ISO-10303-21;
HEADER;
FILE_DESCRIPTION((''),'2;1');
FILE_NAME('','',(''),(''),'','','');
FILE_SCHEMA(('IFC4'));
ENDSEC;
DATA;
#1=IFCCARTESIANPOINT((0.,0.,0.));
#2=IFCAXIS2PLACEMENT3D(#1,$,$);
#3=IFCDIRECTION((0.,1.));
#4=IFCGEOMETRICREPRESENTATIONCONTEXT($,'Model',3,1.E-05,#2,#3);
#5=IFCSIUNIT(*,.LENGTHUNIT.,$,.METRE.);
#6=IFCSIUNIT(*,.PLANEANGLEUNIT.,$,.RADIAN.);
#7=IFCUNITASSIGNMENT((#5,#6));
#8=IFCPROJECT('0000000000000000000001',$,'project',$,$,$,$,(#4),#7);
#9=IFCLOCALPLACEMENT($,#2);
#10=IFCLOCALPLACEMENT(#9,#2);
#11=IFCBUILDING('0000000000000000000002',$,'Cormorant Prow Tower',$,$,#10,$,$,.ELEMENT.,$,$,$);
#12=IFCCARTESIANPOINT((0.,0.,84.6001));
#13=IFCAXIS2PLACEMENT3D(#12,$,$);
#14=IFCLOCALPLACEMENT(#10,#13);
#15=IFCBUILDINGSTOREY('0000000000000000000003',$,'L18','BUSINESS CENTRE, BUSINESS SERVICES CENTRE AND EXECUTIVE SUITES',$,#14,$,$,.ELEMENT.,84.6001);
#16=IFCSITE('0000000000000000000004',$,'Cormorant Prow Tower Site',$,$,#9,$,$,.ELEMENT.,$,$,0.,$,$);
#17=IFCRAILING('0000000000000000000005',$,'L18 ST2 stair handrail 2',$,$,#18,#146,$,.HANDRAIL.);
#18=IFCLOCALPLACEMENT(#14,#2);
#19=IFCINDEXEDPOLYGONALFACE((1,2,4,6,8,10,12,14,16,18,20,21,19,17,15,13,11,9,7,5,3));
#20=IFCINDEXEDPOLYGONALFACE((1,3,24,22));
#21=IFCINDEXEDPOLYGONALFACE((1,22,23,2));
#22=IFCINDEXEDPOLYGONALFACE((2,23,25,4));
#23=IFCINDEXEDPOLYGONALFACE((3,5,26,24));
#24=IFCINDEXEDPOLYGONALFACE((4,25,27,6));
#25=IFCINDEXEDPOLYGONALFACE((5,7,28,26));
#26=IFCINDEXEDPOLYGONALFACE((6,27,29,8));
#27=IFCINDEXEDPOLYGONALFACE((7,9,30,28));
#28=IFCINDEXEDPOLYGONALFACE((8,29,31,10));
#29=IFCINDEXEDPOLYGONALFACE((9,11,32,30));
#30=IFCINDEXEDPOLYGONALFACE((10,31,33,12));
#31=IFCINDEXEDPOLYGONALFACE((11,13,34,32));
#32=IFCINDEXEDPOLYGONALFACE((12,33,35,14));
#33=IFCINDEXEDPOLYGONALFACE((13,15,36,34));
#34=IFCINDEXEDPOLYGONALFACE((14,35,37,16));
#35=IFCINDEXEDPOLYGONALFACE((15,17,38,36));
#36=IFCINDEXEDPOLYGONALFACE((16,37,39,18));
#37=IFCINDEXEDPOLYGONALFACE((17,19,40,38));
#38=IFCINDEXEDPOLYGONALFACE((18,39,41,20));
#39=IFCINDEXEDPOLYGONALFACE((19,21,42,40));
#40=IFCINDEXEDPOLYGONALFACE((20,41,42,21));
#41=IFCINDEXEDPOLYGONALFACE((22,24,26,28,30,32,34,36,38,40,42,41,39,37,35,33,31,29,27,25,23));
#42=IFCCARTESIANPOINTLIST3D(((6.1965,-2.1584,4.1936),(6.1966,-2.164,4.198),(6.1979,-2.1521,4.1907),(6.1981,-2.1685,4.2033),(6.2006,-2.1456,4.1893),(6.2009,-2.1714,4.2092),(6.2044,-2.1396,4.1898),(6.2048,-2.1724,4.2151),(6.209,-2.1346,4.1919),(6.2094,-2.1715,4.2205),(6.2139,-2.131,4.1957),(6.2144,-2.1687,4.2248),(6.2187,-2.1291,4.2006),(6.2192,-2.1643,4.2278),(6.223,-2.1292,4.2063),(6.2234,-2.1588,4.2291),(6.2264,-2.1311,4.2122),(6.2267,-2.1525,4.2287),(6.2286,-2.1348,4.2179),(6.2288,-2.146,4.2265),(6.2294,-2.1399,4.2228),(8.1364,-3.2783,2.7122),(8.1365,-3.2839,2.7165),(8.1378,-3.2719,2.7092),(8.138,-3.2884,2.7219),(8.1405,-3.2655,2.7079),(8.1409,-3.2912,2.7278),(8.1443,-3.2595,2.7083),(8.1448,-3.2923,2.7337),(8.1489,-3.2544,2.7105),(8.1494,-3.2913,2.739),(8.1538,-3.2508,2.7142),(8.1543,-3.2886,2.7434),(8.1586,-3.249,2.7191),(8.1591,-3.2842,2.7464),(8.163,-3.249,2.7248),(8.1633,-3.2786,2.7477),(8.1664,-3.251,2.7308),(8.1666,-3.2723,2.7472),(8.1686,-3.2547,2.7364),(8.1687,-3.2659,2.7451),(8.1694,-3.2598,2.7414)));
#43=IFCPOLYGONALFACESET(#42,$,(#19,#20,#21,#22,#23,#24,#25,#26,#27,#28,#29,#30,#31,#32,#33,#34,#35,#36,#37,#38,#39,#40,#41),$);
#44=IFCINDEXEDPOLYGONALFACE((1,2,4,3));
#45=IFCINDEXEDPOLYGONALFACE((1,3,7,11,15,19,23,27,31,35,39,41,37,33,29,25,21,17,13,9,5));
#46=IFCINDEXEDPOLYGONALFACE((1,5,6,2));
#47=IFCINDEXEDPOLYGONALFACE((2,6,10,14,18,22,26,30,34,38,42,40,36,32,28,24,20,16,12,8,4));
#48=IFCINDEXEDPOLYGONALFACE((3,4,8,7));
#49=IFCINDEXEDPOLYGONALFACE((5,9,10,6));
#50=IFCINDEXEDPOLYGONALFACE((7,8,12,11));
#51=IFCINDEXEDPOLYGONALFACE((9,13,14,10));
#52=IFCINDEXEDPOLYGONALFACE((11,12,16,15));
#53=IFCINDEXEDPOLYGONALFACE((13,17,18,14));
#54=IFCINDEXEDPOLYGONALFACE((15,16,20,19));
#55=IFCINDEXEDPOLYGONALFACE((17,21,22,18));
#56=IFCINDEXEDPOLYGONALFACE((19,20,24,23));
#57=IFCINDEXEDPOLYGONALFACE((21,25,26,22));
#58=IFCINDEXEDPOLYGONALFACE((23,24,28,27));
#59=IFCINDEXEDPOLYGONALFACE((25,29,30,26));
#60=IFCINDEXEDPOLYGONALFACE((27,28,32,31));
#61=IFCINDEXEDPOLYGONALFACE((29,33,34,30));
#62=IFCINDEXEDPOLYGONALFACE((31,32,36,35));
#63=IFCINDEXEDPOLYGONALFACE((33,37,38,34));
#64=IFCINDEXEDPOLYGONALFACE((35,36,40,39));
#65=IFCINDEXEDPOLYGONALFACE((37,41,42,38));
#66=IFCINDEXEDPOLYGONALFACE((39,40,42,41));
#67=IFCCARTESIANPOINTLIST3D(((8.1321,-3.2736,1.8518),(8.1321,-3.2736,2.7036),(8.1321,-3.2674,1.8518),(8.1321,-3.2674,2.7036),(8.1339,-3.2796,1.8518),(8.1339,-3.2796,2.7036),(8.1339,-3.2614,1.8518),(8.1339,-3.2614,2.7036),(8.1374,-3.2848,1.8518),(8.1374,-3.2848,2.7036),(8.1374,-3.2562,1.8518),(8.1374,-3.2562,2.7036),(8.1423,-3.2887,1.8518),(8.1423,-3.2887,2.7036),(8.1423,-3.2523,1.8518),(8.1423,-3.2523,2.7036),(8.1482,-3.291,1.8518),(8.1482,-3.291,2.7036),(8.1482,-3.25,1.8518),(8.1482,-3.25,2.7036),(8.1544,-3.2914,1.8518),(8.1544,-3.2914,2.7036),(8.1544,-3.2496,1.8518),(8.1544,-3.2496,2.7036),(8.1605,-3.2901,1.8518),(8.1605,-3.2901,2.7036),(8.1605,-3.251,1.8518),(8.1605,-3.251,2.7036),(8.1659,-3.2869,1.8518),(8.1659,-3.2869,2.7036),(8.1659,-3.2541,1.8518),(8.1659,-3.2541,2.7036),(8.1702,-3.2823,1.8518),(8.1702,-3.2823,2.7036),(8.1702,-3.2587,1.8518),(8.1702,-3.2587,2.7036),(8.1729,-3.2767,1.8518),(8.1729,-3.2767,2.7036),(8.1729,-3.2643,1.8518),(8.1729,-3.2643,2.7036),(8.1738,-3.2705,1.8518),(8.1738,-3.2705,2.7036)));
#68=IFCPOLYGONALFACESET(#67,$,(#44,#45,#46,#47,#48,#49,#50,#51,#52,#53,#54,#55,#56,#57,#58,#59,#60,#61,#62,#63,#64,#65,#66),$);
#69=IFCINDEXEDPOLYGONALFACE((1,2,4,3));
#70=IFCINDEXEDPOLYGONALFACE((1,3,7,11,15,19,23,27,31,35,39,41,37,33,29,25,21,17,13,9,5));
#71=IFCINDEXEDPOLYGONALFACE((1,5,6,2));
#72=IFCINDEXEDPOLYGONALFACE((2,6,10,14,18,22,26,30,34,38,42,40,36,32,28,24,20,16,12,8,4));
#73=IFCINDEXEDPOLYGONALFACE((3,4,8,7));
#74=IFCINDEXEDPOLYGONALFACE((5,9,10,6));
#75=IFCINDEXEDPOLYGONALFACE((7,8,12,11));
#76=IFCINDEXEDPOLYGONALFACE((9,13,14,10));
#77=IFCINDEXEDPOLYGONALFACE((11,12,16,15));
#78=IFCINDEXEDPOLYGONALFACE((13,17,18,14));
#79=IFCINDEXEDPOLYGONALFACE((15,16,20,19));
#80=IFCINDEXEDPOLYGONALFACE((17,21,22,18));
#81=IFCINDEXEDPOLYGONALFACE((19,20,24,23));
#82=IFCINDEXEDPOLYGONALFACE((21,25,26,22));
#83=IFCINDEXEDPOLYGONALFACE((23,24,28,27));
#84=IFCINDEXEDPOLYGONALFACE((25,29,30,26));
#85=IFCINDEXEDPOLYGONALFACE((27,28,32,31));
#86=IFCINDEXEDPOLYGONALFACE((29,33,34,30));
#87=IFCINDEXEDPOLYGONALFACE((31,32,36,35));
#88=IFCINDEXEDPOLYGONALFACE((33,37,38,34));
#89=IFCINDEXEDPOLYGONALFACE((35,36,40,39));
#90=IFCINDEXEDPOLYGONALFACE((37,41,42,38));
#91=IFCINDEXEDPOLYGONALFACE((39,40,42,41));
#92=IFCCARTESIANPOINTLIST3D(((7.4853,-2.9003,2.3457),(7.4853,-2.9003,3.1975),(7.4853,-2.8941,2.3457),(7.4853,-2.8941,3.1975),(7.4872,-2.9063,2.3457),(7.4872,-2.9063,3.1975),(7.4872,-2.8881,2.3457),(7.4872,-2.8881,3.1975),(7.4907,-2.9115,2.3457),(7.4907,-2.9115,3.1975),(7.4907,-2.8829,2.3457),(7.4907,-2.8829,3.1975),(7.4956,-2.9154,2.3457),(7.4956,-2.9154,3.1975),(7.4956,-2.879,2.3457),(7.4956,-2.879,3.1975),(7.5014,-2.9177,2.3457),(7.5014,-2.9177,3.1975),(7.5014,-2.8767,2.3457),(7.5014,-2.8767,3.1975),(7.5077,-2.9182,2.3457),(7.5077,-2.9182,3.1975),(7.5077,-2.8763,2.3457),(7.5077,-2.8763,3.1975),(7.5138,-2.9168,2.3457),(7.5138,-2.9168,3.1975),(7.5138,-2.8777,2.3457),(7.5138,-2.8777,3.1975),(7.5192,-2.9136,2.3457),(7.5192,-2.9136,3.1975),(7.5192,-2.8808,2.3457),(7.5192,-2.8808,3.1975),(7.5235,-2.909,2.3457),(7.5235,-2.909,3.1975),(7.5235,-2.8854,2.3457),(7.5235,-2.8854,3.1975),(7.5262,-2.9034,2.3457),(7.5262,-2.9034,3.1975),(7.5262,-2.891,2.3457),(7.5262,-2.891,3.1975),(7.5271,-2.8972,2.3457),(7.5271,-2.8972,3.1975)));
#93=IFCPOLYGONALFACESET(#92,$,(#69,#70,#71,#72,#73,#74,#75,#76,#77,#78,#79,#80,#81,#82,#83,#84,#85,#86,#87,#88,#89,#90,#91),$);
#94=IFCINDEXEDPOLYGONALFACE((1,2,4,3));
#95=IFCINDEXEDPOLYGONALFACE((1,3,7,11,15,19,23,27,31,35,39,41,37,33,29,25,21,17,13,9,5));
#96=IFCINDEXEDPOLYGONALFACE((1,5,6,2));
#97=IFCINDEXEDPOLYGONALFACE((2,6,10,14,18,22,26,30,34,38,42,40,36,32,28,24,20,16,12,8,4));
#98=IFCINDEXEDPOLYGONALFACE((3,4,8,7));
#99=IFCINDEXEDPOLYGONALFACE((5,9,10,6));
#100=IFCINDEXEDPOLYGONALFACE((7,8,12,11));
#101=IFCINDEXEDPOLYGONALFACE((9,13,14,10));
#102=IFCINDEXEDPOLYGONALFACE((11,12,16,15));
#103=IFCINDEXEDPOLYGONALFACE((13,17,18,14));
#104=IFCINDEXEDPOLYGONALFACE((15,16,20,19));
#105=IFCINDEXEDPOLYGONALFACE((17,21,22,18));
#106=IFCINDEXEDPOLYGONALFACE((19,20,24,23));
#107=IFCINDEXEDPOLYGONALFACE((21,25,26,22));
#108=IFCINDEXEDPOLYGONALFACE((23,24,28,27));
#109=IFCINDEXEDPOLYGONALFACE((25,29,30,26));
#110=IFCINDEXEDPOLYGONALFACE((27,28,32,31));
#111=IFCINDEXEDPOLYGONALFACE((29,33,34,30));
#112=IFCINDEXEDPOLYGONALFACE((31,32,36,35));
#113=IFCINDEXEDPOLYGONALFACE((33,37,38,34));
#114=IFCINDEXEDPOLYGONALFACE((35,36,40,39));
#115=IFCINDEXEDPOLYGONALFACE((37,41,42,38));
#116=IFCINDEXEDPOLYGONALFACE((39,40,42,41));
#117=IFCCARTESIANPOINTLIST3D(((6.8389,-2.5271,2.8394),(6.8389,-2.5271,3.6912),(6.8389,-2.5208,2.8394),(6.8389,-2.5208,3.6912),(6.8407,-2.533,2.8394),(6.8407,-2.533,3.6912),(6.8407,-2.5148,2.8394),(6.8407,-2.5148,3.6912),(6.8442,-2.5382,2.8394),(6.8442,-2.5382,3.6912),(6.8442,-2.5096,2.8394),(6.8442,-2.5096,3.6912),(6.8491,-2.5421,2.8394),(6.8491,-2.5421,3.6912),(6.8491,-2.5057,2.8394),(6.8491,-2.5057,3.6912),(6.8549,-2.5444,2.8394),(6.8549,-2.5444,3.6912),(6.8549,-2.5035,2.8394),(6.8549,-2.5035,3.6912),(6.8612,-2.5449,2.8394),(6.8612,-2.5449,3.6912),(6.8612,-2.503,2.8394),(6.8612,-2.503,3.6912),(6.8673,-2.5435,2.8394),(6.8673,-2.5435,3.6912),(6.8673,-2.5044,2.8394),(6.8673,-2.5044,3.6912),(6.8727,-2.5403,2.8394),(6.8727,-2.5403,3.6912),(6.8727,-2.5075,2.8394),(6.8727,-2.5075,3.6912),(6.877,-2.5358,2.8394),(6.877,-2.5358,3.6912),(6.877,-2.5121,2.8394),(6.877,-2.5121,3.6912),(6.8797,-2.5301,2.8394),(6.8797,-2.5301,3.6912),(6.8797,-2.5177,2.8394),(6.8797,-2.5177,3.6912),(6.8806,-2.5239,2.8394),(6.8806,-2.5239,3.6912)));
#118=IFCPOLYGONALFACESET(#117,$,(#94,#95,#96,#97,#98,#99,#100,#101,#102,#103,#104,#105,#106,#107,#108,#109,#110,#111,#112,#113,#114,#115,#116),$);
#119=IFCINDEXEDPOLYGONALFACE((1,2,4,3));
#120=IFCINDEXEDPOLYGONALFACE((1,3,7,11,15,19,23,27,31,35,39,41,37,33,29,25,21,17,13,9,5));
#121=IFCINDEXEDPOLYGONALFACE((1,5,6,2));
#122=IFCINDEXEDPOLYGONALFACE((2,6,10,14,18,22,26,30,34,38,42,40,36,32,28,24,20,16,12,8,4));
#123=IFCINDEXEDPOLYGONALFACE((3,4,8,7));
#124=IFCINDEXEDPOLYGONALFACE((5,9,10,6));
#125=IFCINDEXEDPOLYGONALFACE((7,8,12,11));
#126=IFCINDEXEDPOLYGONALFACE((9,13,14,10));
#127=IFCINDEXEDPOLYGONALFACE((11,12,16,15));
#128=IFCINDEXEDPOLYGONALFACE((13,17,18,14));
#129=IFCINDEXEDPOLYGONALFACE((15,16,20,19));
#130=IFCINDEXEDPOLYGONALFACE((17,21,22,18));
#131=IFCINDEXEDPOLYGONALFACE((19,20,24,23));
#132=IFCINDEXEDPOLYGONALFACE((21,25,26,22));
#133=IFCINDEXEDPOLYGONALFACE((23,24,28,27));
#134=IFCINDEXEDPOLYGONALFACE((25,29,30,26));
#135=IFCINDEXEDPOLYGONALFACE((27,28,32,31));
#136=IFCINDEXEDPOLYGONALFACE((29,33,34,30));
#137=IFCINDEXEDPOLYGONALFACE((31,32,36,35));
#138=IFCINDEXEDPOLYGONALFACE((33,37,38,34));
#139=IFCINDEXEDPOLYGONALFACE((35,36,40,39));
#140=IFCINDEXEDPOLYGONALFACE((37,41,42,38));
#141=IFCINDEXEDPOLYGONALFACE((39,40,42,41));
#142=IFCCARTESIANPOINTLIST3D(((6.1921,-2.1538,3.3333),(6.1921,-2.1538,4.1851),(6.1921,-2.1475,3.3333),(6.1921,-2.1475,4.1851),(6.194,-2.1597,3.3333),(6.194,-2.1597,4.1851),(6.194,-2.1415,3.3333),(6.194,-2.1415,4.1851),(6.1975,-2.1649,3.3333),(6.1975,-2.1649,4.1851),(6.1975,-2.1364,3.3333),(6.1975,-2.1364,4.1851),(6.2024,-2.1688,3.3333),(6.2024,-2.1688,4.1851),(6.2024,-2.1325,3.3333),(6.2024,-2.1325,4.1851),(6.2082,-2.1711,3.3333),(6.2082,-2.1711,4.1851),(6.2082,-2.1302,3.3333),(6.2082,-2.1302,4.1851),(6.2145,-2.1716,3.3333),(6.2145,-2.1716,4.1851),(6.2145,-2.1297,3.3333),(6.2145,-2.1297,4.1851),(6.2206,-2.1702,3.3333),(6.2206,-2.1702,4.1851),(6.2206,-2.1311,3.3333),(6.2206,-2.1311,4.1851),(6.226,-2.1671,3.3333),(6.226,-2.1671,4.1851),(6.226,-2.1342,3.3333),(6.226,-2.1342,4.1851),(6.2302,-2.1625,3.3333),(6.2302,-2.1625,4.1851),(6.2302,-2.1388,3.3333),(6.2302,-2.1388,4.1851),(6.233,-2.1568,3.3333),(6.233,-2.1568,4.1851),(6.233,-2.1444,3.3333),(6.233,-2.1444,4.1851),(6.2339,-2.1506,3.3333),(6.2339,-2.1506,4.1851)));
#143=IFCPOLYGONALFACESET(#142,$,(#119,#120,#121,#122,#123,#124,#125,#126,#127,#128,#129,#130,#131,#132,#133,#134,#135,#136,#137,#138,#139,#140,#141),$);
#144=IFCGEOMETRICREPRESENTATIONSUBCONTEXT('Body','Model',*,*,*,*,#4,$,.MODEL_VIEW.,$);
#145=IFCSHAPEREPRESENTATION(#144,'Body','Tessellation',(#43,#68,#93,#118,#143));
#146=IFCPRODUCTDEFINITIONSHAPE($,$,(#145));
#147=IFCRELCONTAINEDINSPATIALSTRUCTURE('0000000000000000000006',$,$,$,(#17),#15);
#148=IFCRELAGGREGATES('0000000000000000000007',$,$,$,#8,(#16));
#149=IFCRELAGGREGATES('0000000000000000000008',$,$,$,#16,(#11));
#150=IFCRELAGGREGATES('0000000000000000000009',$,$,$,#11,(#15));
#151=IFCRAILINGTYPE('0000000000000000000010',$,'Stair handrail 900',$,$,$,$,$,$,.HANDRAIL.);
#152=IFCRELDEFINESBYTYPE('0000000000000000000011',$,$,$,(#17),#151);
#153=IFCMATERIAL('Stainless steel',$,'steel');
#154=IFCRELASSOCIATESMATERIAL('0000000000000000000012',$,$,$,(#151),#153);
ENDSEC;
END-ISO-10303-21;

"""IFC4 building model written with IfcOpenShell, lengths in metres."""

from ifc_helpers import new_model, si_unit, direction, frame, origin, origin_2d, place, context, subcontext, project, spatial, circle, extrude, material, type_object, element, save


model = new_model("IFC4")

# Units and contexts
model_context = context("Model", 3, precision=1e-05, world=origin(), true_north=direction((0.0, 1.0)))
body_context = subcontext(model_context, "Body", "Model", "MODEL_VIEW")
ifc_project = project(units=[si_unit("LENGTHUNIT", "METRE"), si_unit("PLANEANGLEUNIT", "RADIAN")], contexts=[model_context])

# Site, building, storey
site_placement = place(None, origin())
site = spatial("IfcSite", under=ifc_project, at=site_placement, Name="Cormorant Prow Tower Site", CompositionType="ELEMENT", RefElevation=0.0)
building_placement = place(site_placement, origin())
building = spatial("IfcBuilding", under=site, at=building_placement, Name="Cormorant Prow Tower", CompositionType="ELEMENT")
storey_placement = place(building_placement, frame((0.0, 0.0, 84.6001)))
storey = spatial("IfcBuildingStorey", under=building, at=storey_placement, Name="L18", Description="BUSINESS CENTRE, BUSINESS SERVICES CENTRE AND EXECUTIVE SUITES", CompositionType="ELEMENT", Elevation=84.6001)

# Railing
ifc_material_1 = material(Name="Stainless steel", Category="steel")
railing_type_1 = type_object("IfcRailingType", Name="Stair handrail 900", PredefinedType="HANDRAIL", material=ifc_material_1)
railing_1_placement = place(storey_placement, frame((8.1528, -3.2705, 1.8518)))
element("IfcRailing", 1, at=railing_1_placement, inside=storey, type_object=railing_type_1, Name="L18 ST2 stair handrail 2", PredefinedType="HANDRAIL", context=body_context, shape_type="SweptSolid", body=[
    extrude(circle(Radius=0.0239, at=origin_2d()), frame((0.0, 0.0, 0.876), z_axis=(-0.722363, 0.417, 0.551636), x_axis=(-0.499949, -0.866055, 0.0)), (0.0, 0.0, 1.0), 2.6855),
    extrude(circle(Radius=0.021, at=origin_2d()), origin(), (0.0, 0.0, 1.0), 0.8518),
    extrude(circle(Radius=0.021, at=origin_2d()), frame((-0.6467, 0.3733, 0.4939)), (0.0, 0.0, 1.0), 0.8518),
    extrude(circle(Radius=0.021, at=origin_2d()), frame((-1.2932, 0.7466, 0.9875)), (0.0, 0.0, 1.0), 0.8518),
    extrude(circle(Radius=0.021, at=origin_2d()), frame((-1.9399, 1.1199, 1.4814)), (0.0, 0.0, 1.0), 0.8518),
])

save(model, "model.ifc")
